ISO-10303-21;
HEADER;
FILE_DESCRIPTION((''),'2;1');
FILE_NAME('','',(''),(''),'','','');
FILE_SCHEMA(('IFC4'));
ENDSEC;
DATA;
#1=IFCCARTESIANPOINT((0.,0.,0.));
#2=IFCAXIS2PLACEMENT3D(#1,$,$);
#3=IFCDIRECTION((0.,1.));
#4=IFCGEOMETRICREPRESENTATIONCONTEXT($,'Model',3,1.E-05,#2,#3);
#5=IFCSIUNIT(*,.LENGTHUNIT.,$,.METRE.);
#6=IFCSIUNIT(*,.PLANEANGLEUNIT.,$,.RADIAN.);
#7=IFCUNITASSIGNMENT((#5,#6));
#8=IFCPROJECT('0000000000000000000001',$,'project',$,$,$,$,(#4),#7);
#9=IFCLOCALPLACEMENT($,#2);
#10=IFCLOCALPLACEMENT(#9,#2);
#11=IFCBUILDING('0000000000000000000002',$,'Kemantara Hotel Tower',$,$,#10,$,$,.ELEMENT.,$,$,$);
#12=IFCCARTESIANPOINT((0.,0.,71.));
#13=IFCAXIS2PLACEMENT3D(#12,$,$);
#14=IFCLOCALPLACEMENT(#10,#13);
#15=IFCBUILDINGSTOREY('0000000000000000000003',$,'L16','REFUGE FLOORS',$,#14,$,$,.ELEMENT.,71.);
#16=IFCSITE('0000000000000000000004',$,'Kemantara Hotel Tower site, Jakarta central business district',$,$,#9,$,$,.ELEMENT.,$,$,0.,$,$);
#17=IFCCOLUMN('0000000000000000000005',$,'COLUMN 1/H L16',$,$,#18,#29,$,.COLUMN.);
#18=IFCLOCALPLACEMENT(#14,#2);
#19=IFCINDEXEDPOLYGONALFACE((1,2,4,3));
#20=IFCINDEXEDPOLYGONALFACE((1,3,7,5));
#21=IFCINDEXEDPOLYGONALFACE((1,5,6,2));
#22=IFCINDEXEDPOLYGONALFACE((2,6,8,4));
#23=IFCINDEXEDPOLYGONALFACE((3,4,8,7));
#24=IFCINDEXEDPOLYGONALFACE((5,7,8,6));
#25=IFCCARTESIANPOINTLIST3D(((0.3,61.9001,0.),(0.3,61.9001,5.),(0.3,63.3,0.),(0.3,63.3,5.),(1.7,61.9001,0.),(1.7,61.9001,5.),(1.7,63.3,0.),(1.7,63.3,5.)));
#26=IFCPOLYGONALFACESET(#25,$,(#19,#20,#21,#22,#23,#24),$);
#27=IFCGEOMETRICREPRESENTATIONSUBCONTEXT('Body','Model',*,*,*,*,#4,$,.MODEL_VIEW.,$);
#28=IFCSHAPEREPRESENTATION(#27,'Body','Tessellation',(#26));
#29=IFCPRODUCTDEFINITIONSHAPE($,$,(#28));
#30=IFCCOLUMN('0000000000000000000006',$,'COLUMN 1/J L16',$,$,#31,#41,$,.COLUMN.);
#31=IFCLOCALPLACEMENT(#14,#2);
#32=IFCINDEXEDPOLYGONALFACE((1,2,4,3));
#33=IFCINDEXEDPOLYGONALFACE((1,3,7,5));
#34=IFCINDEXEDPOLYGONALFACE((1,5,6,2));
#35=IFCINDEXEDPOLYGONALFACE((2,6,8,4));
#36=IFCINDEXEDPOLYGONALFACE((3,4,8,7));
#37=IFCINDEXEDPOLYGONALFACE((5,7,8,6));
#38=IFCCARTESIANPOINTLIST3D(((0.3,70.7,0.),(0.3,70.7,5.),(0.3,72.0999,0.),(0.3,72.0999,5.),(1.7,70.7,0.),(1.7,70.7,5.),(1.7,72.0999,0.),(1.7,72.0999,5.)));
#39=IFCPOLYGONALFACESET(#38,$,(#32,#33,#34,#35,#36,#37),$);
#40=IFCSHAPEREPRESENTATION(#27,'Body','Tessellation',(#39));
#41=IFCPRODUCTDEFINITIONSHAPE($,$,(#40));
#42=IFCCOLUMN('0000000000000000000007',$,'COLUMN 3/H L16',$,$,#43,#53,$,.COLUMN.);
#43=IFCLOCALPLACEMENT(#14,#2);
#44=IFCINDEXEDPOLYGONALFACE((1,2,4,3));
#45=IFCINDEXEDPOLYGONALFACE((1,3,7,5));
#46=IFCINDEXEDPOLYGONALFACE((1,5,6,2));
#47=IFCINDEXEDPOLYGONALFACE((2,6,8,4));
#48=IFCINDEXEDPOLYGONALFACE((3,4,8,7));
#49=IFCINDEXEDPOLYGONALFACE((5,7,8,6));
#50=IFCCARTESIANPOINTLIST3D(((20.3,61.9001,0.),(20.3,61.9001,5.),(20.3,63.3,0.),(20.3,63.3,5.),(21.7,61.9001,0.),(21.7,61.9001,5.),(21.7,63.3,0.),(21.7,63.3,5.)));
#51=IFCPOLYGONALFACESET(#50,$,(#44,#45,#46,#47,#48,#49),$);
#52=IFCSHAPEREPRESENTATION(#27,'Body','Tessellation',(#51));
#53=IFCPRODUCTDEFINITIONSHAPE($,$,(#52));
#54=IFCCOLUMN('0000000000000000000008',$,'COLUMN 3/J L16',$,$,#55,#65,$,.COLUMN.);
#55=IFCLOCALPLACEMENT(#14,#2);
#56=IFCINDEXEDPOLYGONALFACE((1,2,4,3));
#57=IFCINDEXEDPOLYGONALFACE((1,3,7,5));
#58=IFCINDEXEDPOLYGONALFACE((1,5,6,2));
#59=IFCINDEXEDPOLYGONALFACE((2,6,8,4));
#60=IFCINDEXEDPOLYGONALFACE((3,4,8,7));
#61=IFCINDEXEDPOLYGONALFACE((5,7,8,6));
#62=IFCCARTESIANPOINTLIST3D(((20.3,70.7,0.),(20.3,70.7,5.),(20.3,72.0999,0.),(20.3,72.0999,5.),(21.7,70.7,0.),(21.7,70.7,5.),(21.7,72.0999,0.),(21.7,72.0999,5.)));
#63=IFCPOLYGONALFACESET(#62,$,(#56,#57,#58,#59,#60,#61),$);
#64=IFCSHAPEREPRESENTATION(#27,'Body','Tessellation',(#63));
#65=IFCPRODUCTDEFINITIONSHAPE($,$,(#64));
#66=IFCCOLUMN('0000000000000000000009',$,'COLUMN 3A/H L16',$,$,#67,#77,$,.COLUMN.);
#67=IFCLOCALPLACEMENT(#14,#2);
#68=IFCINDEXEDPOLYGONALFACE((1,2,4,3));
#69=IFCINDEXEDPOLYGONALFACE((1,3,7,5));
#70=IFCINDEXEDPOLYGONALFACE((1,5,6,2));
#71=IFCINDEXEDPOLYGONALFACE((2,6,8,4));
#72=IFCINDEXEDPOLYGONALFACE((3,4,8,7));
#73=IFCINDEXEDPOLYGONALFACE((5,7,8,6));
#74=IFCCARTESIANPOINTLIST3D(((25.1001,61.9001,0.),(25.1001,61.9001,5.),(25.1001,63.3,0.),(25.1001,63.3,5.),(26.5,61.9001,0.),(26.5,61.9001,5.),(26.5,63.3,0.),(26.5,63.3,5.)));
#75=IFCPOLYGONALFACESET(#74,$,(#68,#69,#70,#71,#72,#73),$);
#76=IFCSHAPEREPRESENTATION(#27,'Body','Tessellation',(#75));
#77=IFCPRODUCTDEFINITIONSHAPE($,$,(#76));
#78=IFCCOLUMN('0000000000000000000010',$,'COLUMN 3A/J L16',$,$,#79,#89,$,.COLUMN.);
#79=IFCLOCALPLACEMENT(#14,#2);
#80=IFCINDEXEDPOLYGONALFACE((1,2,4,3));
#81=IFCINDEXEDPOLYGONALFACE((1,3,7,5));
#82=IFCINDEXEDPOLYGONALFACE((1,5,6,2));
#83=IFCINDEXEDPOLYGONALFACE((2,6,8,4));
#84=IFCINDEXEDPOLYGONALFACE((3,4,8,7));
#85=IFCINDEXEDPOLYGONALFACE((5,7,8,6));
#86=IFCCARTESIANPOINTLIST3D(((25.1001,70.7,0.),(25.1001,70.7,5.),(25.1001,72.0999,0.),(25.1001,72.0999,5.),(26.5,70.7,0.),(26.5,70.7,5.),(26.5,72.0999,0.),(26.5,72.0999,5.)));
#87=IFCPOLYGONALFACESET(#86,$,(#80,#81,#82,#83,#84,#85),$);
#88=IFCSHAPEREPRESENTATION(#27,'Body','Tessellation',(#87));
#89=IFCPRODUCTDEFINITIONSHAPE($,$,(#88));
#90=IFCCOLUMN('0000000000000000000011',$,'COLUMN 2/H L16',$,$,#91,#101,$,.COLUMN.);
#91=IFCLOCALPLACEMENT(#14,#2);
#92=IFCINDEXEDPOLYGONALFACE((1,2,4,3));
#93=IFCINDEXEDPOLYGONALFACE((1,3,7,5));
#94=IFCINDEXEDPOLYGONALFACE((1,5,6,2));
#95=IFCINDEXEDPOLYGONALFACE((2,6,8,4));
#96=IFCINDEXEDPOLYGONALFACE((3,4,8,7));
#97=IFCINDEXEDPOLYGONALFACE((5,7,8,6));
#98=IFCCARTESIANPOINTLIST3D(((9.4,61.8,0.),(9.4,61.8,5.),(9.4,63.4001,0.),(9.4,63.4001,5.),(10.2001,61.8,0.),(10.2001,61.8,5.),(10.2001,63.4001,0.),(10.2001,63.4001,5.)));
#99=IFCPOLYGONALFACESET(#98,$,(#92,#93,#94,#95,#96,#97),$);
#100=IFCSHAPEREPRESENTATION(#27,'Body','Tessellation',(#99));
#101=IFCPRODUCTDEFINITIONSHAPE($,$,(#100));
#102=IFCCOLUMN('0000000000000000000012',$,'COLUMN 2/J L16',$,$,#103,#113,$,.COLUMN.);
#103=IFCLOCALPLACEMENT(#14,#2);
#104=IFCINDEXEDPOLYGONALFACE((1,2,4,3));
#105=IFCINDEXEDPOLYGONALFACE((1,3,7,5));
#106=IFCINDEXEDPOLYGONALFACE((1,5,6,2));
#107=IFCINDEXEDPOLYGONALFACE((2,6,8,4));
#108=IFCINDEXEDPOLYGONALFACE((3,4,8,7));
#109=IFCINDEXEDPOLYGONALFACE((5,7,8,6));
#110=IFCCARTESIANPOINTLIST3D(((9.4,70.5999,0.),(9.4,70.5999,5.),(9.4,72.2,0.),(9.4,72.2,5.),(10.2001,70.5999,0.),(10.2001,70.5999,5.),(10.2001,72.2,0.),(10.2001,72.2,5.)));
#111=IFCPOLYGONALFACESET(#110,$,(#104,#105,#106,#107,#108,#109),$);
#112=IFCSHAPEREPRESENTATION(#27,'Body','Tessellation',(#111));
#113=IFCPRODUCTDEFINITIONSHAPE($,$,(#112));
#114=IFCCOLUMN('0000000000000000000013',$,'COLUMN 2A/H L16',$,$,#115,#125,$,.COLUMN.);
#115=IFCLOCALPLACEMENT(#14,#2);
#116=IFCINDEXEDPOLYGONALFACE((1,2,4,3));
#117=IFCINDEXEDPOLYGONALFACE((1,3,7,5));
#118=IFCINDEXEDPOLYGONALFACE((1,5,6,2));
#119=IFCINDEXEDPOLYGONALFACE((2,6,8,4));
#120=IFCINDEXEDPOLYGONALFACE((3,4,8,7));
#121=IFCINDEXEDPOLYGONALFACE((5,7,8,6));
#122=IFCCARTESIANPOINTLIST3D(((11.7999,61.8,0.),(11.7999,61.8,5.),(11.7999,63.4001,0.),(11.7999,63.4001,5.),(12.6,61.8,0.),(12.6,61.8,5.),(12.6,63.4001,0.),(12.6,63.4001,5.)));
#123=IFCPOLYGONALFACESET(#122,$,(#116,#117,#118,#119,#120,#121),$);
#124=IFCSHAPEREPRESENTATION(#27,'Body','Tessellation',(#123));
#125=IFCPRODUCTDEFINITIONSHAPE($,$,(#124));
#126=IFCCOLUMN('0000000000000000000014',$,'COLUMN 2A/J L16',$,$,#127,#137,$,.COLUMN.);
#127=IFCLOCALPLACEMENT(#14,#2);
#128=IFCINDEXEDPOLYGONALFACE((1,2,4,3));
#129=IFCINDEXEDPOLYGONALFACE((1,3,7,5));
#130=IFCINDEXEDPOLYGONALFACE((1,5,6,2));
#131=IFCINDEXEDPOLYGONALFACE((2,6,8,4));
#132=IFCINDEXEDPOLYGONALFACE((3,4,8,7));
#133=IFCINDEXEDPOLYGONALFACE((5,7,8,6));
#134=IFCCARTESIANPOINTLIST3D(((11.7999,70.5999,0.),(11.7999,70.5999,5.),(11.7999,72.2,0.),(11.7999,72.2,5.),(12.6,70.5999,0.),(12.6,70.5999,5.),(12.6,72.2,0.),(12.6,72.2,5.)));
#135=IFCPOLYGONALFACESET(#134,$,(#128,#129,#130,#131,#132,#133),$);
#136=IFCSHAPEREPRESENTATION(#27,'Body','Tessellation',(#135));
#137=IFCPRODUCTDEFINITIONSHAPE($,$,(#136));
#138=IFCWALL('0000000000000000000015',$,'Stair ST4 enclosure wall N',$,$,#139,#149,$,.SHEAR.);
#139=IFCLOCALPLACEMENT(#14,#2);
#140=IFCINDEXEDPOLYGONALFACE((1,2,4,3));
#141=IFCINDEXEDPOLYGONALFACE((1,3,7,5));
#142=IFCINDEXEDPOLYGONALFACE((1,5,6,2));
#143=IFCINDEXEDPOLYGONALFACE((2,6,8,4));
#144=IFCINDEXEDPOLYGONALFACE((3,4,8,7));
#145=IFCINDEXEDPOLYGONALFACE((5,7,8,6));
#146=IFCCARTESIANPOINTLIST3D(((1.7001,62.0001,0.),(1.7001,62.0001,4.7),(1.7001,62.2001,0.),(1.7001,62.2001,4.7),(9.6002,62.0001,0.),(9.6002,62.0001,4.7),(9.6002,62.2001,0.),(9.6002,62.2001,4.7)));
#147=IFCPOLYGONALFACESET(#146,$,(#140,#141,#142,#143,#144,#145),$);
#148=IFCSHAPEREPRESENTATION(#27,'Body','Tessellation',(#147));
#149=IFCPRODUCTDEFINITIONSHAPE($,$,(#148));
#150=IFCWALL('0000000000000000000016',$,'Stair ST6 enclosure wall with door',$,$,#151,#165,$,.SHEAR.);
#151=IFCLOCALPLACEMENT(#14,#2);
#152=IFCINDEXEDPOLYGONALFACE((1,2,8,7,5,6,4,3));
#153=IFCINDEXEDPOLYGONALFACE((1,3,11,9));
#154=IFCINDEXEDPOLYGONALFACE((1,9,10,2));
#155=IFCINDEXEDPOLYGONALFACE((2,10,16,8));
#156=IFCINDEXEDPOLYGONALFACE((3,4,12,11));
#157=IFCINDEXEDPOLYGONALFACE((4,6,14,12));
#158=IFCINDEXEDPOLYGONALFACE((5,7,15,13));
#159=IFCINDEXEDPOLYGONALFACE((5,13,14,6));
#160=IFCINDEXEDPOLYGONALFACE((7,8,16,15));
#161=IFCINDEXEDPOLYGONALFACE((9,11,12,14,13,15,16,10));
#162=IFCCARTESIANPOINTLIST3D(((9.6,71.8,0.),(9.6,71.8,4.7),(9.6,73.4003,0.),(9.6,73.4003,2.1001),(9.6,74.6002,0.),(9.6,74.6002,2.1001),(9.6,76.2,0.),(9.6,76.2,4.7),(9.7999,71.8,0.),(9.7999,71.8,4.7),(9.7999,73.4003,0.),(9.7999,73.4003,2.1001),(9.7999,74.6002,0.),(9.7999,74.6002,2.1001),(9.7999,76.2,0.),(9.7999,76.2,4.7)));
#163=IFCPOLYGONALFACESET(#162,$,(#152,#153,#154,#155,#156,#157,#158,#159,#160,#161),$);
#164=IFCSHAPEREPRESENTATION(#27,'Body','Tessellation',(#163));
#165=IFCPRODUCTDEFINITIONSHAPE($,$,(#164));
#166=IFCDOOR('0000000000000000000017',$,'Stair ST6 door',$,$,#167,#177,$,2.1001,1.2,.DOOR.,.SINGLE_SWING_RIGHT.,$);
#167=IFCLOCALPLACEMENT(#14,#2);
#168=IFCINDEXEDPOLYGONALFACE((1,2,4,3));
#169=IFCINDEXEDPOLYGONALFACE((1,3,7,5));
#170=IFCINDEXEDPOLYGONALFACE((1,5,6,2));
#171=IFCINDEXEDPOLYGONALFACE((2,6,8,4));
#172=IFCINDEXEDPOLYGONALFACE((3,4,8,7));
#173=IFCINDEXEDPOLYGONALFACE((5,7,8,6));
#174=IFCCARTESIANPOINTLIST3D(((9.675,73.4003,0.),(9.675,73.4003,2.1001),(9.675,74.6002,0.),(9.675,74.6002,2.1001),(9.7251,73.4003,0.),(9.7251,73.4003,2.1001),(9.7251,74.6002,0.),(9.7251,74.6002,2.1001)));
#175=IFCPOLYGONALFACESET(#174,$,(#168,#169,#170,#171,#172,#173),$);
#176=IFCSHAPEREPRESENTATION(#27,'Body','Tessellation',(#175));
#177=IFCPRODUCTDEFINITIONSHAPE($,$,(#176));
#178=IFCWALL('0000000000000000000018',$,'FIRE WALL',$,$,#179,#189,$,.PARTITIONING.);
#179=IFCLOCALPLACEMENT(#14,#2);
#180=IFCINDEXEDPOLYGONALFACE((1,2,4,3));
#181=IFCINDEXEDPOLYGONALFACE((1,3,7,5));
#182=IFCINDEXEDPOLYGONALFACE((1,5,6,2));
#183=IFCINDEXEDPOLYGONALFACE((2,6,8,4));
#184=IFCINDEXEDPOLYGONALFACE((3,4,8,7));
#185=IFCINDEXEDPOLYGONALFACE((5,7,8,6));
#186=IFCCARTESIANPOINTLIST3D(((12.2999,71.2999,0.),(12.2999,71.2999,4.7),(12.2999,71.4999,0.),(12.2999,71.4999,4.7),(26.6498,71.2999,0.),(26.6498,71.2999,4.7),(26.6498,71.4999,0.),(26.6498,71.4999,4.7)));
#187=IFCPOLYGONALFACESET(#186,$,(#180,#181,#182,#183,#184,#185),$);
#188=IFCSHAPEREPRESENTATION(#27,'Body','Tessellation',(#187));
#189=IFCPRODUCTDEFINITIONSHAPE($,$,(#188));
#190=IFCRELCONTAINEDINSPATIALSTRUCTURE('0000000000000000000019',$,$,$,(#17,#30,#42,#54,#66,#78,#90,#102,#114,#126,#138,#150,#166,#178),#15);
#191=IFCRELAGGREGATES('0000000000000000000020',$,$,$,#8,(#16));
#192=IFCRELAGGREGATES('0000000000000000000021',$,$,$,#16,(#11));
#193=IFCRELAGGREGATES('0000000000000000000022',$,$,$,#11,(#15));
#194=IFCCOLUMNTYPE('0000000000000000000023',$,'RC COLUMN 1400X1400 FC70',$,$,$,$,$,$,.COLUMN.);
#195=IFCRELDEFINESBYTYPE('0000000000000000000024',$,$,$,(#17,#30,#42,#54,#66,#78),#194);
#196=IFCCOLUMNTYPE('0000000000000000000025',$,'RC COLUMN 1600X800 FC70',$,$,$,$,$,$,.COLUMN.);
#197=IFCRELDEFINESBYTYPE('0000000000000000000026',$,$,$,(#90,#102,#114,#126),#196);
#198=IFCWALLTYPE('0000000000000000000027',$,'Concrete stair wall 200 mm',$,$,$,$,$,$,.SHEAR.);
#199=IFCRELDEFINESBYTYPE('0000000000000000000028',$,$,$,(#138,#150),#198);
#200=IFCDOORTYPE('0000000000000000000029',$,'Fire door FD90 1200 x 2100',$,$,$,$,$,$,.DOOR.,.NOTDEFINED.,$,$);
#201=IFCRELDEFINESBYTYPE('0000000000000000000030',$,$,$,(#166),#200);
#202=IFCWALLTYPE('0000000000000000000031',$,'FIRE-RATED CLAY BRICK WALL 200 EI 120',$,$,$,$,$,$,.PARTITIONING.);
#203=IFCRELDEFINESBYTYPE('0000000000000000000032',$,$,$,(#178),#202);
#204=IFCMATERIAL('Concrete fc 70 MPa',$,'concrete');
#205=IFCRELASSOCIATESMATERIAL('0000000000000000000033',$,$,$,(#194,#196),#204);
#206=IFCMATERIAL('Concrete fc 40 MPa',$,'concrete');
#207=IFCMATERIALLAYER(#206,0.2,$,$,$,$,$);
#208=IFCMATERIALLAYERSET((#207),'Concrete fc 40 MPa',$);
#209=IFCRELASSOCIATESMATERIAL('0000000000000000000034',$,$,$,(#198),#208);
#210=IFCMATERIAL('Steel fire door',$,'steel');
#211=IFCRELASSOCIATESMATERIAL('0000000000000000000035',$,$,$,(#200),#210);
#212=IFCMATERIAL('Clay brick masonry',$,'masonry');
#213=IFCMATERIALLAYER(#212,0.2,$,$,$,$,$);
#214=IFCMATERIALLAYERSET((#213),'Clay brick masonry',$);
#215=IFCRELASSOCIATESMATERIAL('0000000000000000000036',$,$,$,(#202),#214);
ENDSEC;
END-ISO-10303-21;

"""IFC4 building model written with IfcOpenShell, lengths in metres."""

from ifc_helpers import new_model, si_unit, direction, frame, frame_2d, origin, origin_2d, place, context, subcontext, project, spatial, rectangle, extrude, material, layer, layer_set, material_profile, profile_set, type_object, element, fill, save


model = new_model("IFC4")

# Units and contexts
model_context = context("Model", 3, precision=1e-05, world=origin(), true_north=direction((0.0, 1.0)))
body_context = subcontext(model_context, "Body", "Model", "MODEL_VIEW")
ifc_project = project(units=[si_unit("LENGTHUNIT", "METRE"), si_unit("PLANEANGLEUNIT", "RADIAN")], contexts=[model_context])

# Site, building, storey
site_placement = place(None, origin())
site = spatial("IfcSite", under=ifc_project, at=site_placement, Name="Kemantara Hotel Tower site, Jakarta central business district", CompositionType="ELEMENT", RefElevation=0.0)
building_placement = place(site_placement, origin())
building = spatial("IfcBuilding", under=site, at=building_placement, Name="Kemantara Hotel Tower", CompositionType="ELEMENT")
storey_placement = place(building_placement, frame((0.0, 0.0, 71.0)))
storey = spatial("IfcBuildingStorey", under=building, at=storey_placement, Name="L16", Description="REFUGE FLOORS", CompositionType="ELEMENT", Elevation=71.0)

# Columns
ifc_material_1 = material(Name="Concrete fc 70 MPa", Category="concrete")
ifc_material_profile_1 = material_profile(ifc_material_1, rectangle(XDim=1.3999, YDim=1.3999, at=origin_2d()), Name="RC 1400X1400")
ifc_profile_set_1 = profile_set([ifc_material_profile_1], Name="Concrete fc 70 MPa")
column_type_1 = type_object("IfcColumnType", Name="RC COLUMN 1400X1400 FC70", PredefinedType="COLUMN", material=ifc_profile_set_1)
for number, where, z_axis, x_axis, name in (
    (1, (1.0, 62.6001, 0.0), (0.0, 0.0, 1.0), (1.0, 0.0, 0.0), "COLUMN 1/H L16"),
    (2, (1.0, 71.3999, 0.0), (0.0, 0.0, 1.0), (1.0, 0.0, 0.0), "COLUMN 1/J L16"),
    (3, (21.0, 62.6001, 0.0), (0.0, 0.0, 1.0), (1.0, 0.0, 0.0), "COLUMN 3/H L16"),
    (4, (21.0, 71.3999, 0.0), (0.0, 0.0, 1.0), (1.0, 0.0, 0.0), "COLUMN 3/J L16"),
    (5, (25.8, 62.6001, 0.0), (0.0, 0.0, 1.0), (1.0, 0.0, 0.0), "COLUMN 3A/H L16"),
    (6, (25.8, 71.3999, 0.0), (0.0, 0.0, 1.0), (1.0, 0.0, 0.0), "COLUMN 3A/J L16"),
):
    element("IfcColumn", number, at=place(storey_placement, frame(where, z_axis=z_axis, x_axis=x_axis)), inside=storey, type_object=column_type_1, Name=name, PredefinedType="COLUMN", context=body_context, shape_type="SweptSolid", body=[
        extrude(rectangle(XDim=1.3999, YDim=1.3999, at=origin_2d()), origin(), (0.0, 0.0, 1.0), 5.0),
    ])
ifc_material_profile_2 = material_profile(ifc_material_1, rectangle(XDim=1.6001, YDim=0.8, at=origin_2d()), Name="RC 1600X800")
ifc_profile_set_2 = profile_set([ifc_material_profile_2], Name="Concrete fc 70 MPa")
column_type_2 = type_object("IfcColumnType", Name="RC COLUMN 1600X800 FC70", PredefinedType="COLUMN", material=ifc_profile_set_2)
for number, where, z_axis, x_axis, name in (
    (7, (9.8, 62.6001, 0.0), (0.0, 0.0, 1.0), (0.0, 1.0, 0.0), "COLUMN 2/H L16"),
    (8, (9.8, 71.3999, 0.0), (0.0, 0.0, 1.0), (0.0, 1.0, 0.0), "COLUMN 2/J L16"),
    (9, (12.2, 62.6001, 0.0), (0.0, 0.0, 1.0), (0.0, 1.0, 0.0), "COLUMN 2A/H L16"),
    (10, (12.2, 71.3999, 0.0), (0.0, 0.0, 1.0), (0.0, 1.0, 0.0), "COLUMN 2A/J L16"),
):
    element("IfcColumn", number, at=place(storey_placement, frame(where, z_axis=z_axis, x_axis=x_axis)), inside=storey, type_object=column_type_2, Name=name, PredefinedType="COLUMN", context=body_context, shape_type="SweptSolid", body=[
        extrude(rectangle(XDim=1.6001, YDim=0.8, at=origin_2d()), origin(), (0.0, 0.0, 1.0), 5.0),
    ])

# Wall
ifc_material_2 = material(Name="Concrete fc 40 MPa", Category="concrete")
ifc_layer_1 = layer(ifc_material_2, 0.2)
ifc_layer_set_1 = layer_set([ifc_layer_1], Name="Concrete fc 40 MPa")
wall_type_1 = type_object("IfcWallType", Name="Concrete stair wall 200 mm", PredefinedType="SHEAR", material=ifc_layer_set_1)
wall_1_placement = place(storey_placement, frame((1.7, 62.1001, 0.0), z_axis=(0.0, 0.0, 1.0), x_axis=(1.0, 0.0, 0.0)))
element("IfcWall", 11, at=wall_1_placement, inside=storey, type_object=wall_type_1, Name="Stair ST4 enclosure wall N", PredefinedType="SHEAR", context=body_context, shape_type="SweptSolid", body=[
    extrude(rectangle(XDim=7.9001, YDim=0.2, at=frame_2d((3.9502, 0.0))), origin(), (0.0, 0.0, 1.0), 4.7),
])

# Wall, opening, door
wall_2_placement = place(storey_placement, frame((9.7, 71.8, 0.0), z_axis=(0.0, 0.0, 1.0), x_axis=(0.0, 1.0, 0.0)))
wall_2 = element("IfcWall", 12, at=wall_2_placement, inside=storey, type_object=wall_type_1, Name="Stair ST6 enclosure wall with door", PredefinedType="SHEAR", context=body_context, shape_type="SweptSolid", body=[
    extrude(rectangle(XDim=4.3999, YDim=0.2, at=frame_2d((2.2, 0.0))), origin(), (0.0, 0.0, 1.0), 4.7),
])
opening_1_placement = place(wall_2_placement, frame((1.6001, 0.0, 0.0)))
opening_1 = element("IfcOpeningElement", 13, at=opening_1_placement, cuts=wall_2, PredefinedType="OPENING", context=body_context, shape_type="SweptSolid", body=[
    extrude(rectangle(XDim=1.2, YDim=2.1001, at=frame_2d((0.6001, 1.05))), frame((0.0, 0.1099, 0.0), z_axis=(0.0, -1.0, 0.0), x_axis=(1.0, 0.0, 0.0)), (0.0, 0.0, 1.0), 0.22),
])
ifc_material_3 = material(Name="Steel fire door", Category="steel")
door_type_1 = type_object("IfcDoorType", Name="Fire door FD90 1200 x 2100", OperationType="NOTDEFINED", PredefinedType="DOOR", material=ifc_material_3)
door_1_placement = place(opening_1_placement, origin())
door_1 = element("IfcDoor", 14, at=door_1_placement, inside=storey, type_object=door_type_1, Name="Stair ST6 door", OperationType="SINGLE_SWING_RIGHT", OverallHeight=2.1001, OverallWidth=1.2, PredefinedType="DOOR", context=body_context, shape_type="SweptSolid", body=[
    extrude(rectangle(XDim=1.2, YDim=2.1001, at=frame_2d((0.6001, 1.05))), frame((0.0, 0.0249, 0.0), z_axis=(0.0, -1.0, 0.0), x_axis=(1.0, 0.0, 0.0)), (0.0, 0.0, 1.0), 0.05),
])
fill(opening_1, door_1)

# Wall
ifc_material_4 = material(Name="Clay brick masonry", Category="masonry")
ifc_layer_2 = layer(ifc_material_4, 0.2)
ifc_layer_set_2 = layer_set([ifc_layer_2], Name="Clay brick masonry")
wall_type_2 = type_object("IfcWallType", Name="FIRE-RATED CLAY BRICK WALL 200 EI 120", PredefinedType="PARTITIONING", material=ifc_layer_set_2)
wall_3_placement = place(storey_placement, frame((12.3, 71.3999, 0.0), z_axis=(0.0, 0.0, 1.0), x_axis=(1.0, 0.0, 0.0)))
element("IfcWall", 15, at=wall_3_placement, inside=storey, type_object=wall_type_2, Name="FIRE WALL", PredefinedType="PARTITIONING", context=body_context, shape_type="SweptSolid", body=[
    extrude(rectangle(XDim=14.3499, YDim=0.2, at=frame_2d((7.1748, 0.0))), origin(), (0.0, 0.0, 1.0), 4.7),
])

save(model, "model.ifc")
